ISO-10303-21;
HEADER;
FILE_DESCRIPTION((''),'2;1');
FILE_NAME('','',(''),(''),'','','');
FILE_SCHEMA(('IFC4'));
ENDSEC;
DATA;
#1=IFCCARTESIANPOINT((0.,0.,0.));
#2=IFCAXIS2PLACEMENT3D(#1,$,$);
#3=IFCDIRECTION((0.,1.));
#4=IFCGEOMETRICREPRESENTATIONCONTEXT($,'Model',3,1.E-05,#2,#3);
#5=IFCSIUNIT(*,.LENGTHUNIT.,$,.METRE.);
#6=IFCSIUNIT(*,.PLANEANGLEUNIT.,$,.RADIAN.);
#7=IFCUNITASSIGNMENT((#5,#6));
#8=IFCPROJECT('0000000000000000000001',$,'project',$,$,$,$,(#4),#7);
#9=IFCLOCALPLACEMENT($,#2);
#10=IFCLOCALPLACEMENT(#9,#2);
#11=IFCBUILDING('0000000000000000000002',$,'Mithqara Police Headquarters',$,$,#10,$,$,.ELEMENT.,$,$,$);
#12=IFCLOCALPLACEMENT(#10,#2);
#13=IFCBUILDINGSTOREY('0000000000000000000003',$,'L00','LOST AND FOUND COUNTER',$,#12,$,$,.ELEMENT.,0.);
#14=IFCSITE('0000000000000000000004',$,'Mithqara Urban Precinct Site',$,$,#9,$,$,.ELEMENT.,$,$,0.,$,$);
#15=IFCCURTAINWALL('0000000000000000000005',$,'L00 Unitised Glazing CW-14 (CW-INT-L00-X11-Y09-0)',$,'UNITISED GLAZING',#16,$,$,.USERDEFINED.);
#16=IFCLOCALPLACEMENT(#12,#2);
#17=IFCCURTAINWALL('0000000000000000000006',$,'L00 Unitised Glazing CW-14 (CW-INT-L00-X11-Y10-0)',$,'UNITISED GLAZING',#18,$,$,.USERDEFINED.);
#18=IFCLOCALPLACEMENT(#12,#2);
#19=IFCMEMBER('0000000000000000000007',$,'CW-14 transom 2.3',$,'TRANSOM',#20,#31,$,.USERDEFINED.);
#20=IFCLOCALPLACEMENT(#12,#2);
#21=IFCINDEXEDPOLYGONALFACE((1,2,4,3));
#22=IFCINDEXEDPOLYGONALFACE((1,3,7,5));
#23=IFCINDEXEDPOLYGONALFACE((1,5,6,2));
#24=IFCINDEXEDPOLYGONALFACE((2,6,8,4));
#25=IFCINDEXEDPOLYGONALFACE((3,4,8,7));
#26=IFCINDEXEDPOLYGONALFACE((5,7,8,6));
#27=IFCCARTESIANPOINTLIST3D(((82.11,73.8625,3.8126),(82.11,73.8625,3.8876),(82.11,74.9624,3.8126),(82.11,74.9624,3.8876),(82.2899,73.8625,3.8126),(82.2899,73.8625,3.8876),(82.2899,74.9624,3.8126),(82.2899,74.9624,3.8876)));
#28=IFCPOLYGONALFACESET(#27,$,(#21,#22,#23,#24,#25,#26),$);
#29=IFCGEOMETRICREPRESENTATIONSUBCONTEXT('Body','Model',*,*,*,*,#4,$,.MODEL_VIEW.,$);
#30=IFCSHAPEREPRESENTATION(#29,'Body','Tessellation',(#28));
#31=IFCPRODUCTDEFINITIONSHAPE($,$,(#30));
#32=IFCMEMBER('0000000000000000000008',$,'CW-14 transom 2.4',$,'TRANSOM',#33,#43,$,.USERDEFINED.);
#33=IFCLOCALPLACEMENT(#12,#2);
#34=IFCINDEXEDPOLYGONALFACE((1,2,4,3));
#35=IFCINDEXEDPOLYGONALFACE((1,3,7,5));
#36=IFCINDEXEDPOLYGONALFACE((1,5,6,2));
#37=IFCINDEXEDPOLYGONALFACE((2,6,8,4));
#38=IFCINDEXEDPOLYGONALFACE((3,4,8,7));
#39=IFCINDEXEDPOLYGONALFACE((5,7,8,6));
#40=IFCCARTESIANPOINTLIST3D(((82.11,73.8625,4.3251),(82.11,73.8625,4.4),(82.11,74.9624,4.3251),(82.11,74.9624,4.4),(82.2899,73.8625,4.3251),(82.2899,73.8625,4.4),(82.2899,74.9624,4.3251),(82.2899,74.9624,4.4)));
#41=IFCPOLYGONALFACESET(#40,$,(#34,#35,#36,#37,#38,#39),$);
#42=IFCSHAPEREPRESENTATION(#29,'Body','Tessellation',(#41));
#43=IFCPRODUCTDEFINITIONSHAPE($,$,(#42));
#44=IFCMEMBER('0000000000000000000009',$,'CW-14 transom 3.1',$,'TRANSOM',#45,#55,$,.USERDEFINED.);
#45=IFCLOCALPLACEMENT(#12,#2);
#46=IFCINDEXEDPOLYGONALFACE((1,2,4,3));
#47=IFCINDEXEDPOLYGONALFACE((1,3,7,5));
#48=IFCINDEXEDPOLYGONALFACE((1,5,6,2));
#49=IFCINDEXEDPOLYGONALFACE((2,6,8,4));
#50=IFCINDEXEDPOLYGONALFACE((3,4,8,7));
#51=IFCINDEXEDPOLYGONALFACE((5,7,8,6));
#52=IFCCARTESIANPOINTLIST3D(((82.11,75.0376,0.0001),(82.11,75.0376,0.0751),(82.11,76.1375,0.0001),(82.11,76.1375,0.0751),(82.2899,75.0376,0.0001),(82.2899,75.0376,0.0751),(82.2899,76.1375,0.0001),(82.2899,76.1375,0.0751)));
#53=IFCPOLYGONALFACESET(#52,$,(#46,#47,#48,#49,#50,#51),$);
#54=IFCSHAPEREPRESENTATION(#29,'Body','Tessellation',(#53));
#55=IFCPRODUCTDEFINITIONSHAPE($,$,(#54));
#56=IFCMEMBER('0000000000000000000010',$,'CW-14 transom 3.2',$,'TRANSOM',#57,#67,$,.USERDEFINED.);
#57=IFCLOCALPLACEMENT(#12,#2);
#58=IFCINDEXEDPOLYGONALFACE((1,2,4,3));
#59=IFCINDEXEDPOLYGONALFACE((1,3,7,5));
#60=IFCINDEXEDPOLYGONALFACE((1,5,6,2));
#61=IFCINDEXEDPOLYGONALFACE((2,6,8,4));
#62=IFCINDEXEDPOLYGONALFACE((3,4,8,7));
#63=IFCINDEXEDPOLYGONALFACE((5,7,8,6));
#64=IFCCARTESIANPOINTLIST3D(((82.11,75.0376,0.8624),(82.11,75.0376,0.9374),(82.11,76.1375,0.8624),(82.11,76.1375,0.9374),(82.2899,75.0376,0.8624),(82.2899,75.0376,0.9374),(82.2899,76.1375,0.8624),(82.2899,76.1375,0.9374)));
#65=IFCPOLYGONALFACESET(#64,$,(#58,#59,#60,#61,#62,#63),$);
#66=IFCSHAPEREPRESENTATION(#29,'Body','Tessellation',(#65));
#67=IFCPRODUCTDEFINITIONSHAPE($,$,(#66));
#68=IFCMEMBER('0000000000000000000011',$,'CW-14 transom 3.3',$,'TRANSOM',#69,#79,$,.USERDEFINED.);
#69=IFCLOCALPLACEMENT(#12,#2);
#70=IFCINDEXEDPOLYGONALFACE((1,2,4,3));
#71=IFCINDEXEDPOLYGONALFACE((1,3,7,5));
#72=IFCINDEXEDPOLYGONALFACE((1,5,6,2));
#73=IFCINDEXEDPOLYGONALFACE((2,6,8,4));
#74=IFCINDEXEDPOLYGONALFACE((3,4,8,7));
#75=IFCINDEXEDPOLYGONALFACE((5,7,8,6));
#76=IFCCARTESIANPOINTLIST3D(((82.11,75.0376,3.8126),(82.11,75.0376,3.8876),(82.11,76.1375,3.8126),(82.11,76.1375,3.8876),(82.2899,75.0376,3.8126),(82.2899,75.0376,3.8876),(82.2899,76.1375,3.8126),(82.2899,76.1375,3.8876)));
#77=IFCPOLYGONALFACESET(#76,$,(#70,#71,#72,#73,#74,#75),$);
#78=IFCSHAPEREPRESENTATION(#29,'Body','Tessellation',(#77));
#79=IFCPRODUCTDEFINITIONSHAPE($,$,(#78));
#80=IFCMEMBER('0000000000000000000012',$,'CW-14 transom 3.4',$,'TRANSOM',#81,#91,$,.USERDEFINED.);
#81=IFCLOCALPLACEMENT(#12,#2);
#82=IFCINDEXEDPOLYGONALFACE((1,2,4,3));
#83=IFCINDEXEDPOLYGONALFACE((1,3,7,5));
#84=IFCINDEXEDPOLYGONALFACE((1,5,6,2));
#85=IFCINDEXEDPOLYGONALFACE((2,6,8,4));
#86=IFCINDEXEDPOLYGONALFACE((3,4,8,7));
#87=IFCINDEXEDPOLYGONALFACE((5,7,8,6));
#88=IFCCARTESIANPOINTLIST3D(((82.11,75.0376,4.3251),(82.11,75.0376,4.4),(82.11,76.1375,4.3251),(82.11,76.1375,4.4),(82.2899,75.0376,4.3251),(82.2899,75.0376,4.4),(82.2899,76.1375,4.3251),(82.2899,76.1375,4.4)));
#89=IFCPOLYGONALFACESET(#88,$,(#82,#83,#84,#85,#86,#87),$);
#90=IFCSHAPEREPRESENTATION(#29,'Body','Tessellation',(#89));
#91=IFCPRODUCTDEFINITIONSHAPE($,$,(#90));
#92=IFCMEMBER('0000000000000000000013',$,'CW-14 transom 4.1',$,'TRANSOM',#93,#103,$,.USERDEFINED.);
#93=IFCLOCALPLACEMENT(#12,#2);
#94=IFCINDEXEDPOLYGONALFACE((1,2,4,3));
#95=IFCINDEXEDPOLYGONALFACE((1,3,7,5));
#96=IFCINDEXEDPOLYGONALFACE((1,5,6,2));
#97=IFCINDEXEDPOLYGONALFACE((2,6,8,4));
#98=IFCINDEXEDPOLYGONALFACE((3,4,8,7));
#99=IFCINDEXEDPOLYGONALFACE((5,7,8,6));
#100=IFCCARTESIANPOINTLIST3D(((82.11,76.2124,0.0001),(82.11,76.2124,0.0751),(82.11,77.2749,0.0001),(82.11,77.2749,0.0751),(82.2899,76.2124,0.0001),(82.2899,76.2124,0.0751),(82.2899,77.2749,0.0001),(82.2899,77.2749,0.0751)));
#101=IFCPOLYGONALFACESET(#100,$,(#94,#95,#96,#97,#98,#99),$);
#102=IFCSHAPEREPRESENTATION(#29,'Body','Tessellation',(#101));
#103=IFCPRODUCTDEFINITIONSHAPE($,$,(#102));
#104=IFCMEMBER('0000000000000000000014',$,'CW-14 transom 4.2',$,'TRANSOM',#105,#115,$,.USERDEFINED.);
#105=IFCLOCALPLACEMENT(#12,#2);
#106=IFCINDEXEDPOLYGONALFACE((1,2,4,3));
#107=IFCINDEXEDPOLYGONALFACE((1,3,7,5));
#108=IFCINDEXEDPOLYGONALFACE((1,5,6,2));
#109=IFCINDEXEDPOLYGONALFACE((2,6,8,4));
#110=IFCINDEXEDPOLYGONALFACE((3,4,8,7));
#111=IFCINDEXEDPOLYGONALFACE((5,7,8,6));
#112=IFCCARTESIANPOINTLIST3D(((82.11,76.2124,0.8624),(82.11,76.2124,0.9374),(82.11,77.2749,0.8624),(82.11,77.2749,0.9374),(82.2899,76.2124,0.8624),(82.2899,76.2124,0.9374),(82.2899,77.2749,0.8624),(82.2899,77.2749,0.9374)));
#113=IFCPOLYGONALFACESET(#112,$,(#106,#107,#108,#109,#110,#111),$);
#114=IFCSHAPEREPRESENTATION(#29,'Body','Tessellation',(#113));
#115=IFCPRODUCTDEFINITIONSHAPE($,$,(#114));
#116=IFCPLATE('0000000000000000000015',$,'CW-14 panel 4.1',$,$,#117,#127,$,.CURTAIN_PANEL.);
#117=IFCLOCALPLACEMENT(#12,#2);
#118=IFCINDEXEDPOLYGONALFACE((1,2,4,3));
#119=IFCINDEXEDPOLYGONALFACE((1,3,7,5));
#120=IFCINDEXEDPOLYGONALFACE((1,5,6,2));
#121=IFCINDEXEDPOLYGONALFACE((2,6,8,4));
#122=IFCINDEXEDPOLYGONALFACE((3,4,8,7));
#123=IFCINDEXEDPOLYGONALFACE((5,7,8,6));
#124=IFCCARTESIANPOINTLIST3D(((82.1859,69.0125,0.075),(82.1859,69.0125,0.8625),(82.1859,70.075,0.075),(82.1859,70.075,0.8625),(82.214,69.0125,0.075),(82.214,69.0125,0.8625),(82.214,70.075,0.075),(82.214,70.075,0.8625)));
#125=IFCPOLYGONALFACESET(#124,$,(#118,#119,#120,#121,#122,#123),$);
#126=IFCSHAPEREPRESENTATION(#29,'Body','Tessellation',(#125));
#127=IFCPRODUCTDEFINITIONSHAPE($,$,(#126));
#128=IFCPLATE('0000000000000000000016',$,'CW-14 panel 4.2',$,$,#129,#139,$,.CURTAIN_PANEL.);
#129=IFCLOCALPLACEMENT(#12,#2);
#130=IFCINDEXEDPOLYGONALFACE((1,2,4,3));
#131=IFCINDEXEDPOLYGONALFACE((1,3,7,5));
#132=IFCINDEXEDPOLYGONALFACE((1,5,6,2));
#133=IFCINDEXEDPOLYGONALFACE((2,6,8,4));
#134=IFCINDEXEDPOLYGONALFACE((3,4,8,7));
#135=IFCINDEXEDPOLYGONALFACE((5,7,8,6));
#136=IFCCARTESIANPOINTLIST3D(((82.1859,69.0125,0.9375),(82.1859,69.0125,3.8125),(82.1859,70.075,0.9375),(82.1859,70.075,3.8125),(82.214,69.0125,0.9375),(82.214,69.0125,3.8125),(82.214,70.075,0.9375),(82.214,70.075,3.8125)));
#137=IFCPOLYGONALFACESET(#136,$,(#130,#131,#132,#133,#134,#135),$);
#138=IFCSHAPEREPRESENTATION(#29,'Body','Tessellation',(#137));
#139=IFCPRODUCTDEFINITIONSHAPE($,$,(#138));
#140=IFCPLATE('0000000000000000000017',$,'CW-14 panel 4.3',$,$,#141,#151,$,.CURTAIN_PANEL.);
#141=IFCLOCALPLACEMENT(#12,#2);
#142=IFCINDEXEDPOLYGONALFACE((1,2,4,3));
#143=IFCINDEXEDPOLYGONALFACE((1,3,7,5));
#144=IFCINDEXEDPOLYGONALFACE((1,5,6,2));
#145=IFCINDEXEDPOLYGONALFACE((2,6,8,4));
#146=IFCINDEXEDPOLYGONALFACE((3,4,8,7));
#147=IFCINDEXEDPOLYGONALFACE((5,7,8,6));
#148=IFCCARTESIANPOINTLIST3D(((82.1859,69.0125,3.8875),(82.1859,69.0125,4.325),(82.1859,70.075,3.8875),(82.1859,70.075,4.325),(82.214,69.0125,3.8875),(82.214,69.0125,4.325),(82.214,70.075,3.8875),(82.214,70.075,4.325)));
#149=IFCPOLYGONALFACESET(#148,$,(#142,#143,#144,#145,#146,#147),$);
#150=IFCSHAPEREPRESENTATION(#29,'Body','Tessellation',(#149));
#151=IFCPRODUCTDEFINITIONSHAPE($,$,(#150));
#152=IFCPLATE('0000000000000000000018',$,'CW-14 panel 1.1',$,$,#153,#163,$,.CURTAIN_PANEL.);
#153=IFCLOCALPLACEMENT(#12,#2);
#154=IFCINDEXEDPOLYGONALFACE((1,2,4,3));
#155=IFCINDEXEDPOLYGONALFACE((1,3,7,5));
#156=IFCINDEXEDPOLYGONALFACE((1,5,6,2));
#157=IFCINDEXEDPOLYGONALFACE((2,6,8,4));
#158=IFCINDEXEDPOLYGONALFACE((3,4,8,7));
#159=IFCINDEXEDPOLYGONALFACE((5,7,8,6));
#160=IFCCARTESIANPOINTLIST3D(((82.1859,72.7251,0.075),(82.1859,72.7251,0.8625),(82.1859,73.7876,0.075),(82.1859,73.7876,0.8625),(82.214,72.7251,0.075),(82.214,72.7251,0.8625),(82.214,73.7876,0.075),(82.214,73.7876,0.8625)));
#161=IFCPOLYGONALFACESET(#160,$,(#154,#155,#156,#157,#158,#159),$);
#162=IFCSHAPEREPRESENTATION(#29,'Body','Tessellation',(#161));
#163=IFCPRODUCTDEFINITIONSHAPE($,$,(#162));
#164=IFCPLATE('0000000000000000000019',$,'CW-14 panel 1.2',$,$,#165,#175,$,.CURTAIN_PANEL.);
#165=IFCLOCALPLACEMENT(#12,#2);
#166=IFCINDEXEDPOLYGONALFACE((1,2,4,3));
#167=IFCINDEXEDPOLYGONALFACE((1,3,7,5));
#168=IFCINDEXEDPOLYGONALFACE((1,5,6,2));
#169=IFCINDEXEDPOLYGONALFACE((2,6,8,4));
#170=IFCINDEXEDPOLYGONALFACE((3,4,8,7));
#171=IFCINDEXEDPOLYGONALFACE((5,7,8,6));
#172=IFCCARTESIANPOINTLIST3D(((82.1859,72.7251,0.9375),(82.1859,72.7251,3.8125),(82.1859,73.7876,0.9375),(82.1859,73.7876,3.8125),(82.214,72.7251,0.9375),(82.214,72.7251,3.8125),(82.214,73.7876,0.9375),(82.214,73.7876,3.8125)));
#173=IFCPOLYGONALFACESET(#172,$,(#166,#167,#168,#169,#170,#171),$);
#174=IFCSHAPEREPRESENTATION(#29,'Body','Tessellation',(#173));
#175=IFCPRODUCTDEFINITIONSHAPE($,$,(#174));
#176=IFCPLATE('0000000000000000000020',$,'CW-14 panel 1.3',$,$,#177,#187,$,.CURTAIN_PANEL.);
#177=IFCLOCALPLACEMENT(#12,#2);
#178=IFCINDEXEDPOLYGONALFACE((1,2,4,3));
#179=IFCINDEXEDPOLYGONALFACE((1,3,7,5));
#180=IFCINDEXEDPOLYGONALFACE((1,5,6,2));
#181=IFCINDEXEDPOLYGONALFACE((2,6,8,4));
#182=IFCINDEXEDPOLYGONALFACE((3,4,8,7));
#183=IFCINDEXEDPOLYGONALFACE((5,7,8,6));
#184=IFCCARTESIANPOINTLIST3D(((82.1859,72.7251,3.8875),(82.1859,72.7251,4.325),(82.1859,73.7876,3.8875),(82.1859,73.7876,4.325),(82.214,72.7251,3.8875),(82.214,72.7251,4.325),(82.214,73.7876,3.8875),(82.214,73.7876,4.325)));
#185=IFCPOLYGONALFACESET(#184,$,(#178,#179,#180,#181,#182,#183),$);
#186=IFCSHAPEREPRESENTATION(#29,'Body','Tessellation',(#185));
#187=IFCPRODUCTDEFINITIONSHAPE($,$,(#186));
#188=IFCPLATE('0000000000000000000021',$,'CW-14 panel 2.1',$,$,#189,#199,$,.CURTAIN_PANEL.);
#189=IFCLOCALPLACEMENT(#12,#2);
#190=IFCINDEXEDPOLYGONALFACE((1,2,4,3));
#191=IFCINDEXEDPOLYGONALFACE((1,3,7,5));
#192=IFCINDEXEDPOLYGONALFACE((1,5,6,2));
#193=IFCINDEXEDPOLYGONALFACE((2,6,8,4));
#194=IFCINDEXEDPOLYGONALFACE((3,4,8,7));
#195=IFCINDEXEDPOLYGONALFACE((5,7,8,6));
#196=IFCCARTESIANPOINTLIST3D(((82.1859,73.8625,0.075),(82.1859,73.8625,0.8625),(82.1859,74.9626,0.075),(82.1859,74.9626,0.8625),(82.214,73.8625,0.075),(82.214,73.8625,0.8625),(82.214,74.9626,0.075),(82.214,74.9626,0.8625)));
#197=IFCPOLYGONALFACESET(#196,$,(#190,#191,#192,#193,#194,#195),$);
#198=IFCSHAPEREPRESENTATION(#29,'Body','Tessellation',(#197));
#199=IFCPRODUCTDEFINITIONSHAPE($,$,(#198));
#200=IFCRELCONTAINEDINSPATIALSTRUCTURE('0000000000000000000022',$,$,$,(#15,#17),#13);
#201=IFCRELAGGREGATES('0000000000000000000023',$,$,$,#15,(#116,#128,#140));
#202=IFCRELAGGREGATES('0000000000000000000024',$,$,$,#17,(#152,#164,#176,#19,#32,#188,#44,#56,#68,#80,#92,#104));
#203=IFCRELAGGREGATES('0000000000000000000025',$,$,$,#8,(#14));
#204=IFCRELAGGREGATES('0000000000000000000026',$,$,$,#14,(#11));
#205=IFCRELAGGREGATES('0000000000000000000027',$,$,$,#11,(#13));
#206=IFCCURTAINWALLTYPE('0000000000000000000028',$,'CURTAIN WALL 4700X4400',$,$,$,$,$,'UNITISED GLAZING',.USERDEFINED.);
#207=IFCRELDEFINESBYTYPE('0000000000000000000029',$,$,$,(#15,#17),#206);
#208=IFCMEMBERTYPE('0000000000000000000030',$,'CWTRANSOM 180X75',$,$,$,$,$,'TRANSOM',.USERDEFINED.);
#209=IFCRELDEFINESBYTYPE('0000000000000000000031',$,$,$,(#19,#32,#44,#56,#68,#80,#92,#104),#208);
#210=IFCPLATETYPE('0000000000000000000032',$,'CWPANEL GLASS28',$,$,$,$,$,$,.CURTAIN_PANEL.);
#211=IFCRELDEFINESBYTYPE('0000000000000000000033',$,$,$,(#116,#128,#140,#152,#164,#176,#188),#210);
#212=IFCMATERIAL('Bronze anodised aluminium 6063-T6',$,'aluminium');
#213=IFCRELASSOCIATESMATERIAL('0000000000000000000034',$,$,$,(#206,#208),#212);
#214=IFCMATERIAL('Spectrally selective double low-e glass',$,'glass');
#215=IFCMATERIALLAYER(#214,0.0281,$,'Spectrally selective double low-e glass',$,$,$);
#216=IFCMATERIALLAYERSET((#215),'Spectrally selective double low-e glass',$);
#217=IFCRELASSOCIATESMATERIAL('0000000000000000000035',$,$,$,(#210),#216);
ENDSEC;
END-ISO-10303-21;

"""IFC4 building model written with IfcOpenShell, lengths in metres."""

from ifc_helpers import new_model, si_unit, direction, frame, origin, origin_2d, place, context, subcontext, project, spatial, rectangle, extrude, material, layer, layer_set, material_profile, profile_set, type_object, element, aggregate, save


model = new_model("IFC4")

# Units and contexts
model_context = context("Model", 3, precision=1e-05, world=origin(), true_north=direction((0.0, 1.0)))
body_context = subcontext(model_context, "Body", "Model", "MODEL_VIEW")
ifc_project = project(units=[si_unit("LENGTHUNIT", "METRE"), si_unit("PLANEANGLEUNIT", "RADIAN")], contexts=[model_context])

# Site, building, storey
site_placement = place(None, origin())
site = spatial("IfcSite", under=ifc_project, at=site_placement, Name="Mithqara Urban Precinct Site", CompositionType="ELEMENT", RefElevation=0.0)
building_placement = place(site_placement, origin())
building = spatial("IfcBuilding", under=site, at=building_placement, Name="Mithqara Police Headquarters", CompositionType="ELEMENT")
storey_placement = place(building_placement, origin())
storey = spatial("IfcBuildingStorey", under=building, at=storey_placement, Name="L00", Description="LOST AND FOUND COUNTER", CompositionType="ELEMENT", Elevation=0.0)

# Curtain wall
ifc_material_1 = material(Name="Bronze anodised aluminium 6063-T6", Category="aluminium")
curtain_wall_type = type_object("IfcCurtainWallType", Name="CURTAIN WALL 4700X4400", ElementType="UNITISED GLAZING", PredefinedType="USERDEFINED", material=ifc_material_1)
curtain_wall_1_placement = place(storey_placement, origin())
curtain_wall_1 = element("IfcCurtainWall", 1, at=curtain_wall_1_placement, inside=storey, type_object=curtain_wall_type, Name="L00 Unitised Glazing CW-14 (CW-INT-L00-X11-Y09-0)", ObjectType="UNITISED GLAZING", PredefinedType="USERDEFINED")

# Curtain wall
curtain_wall_2_placement = place(storey_placement, origin())
curtain_wall_2 = element("IfcCurtainWall", 2, at=curtain_wall_2_placement, inside=storey, type_object=curtain_wall_type, Name="L00 Unitised Glazing CW-14 (CW-INT-L00-X11-Y10-0)", ObjectType="UNITISED GLAZING", PredefinedType="USERDEFINED")

# Members
ifc_material_profile_1 = material_profile(ifc_material_1, rectangle(XDim=0.1799, YDim=0.075, at=origin_2d()), Name="CWT 180x75")
ifc_profile_set_1 = profile_set([ifc_material_profile_1], Name="Bronze anodised aluminium 6063-T6")
member_type_1 = type_object("IfcMemberType", Name="CWTRANSOM 180X75", ElementType="TRANSOM", PredefinedType="USERDEFINED", material=ifc_profile_set_1)
member_1_placement = place(storey_placement, frame((82.2, 73.8625, 3.8501), z_axis=(0.0, 1.0, 0.0), x_axis=(-1.0, 0.0, 0.0)))
member_1 = element("IfcMember", 3, at=member_1_placement, type_object=member_type_1, Name="CW-14 transom 2.3", ObjectType="TRANSOM", PredefinedType="USERDEFINED", context=body_context, shape_type="SweptSolid", body=[
    extrude(rectangle(XDim=0.1799, YDim=0.075, at=origin_2d()), origin(), (0.0, 0.0, 1.0), 1.0999),
])
member_2_placement = place(storey_placement, frame((82.2, 73.8625, 4.3625), z_axis=(0.0, 1.0, 0.0), x_axis=(-1.0, 0.0, 0.0)))
member_2 = element("IfcMember", 4, at=member_2_placement, type_object=member_type_1, Name="CW-14 transom 2.4", ObjectType="TRANSOM", PredefinedType="USERDEFINED", context=body_context, shape_type="SweptSolid", body=[
    extrude(rectangle(XDim=0.1799, YDim=0.075, at=origin_2d()), origin(), (0.0, 0.0, 1.0), 1.0999),
])
member_3_placement = place(storey_placement, frame((82.2, 75.0376, 0.0376), z_axis=(0.0, 1.0, 0.0), x_axis=(-1.0, 0.0, 0.0)))
member_3 = element("IfcMember", 5, at=member_3_placement, type_object=member_type_1, Name="CW-14 transom 3.1", ObjectType="TRANSOM", PredefinedType="USERDEFINED", context=body_context, shape_type="SweptSolid", body=[
    extrude(rectangle(XDim=0.1799, YDim=0.075, at=origin_2d()), origin(), (0.0, 0.0, 1.0), 1.0999),
])
member_4_placement = place(storey_placement, frame((82.2, 75.0376, 0.8999), z_axis=(0.0, 1.0, 0.0), x_axis=(-1.0, 0.0, 0.0)))
member_4 = element("IfcMember", 6, at=member_4_placement, type_object=member_type_1, Name="CW-14 transom 3.2", ObjectType="TRANSOM", PredefinedType="USERDEFINED", context=body_context, shape_type="SweptSolid", body=[
    extrude(rectangle(XDim=0.1799, YDim=0.075, at=origin_2d()), origin(), (0.0, 0.0, 1.0), 1.0999),
])
member_5_placement = place(storey_placement, frame((82.2, 75.0376, 3.8501), z_axis=(0.0, 1.0, 0.0), x_axis=(-1.0, 0.0, 0.0)))
member_5 = element("IfcMember", 7, at=member_5_placement, type_object=member_type_1, Name="CW-14 transom 3.3", ObjectType="TRANSOM", PredefinedType="USERDEFINED", context=body_context, shape_type="SweptSolid", body=[
    extrude(rectangle(XDim=0.1799, YDim=0.075, at=origin_2d()), origin(), (0.0, 0.0, 1.0), 1.0999),
])
member_6_placement = place(storey_placement, frame((82.2, 75.0376, 4.3625), z_axis=(0.0, 1.0, 0.0), x_axis=(-1.0, 0.0, 0.0)))
member_6 = element("IfcMember", 8, at=member_6_placement, type_object=member_type_1, Name="CW-14 transom 3.4", ObjectType="TRANSOM", PredefinedType="USERDEFINED", context=body_context, shape_type="SweptSolid", body=[
    extrude(rectangle(XDim=0.1799, YDim=0.075, at=origin_2d()), origin(), (0.0, 0.0, 1.0), 1.0999),
])
member_7_placement = place(storey_placement, frame((82.2, 76.2124, 0.0376), z_axis=(0.0, 1.0, 0.0), x_axis=(-1.0, 0.0, 0.0)))
member_7 = element("IfcMember", 9, at=member_7_placement, type_object=member_type_1, Name="CW-14 transom 4.1", ObjectType="TRANSOM", PredefinedType="USERDEFINED", context=body_context, shape_type="SweptSolid", body=[
    extrude(rectangle(XDim=0.1799, YDim=0.075, at=origin_2d()), origin(), (0.0, 0.0, 1.0), 1.0625),
])
member_8_placement = place(storey_placement, frame((82.2, 76.2124, 0.8999), z_axis=(0.0, 1.0, 0.0), x_axis=(-1.0, 0.0, 0.0)))
member_8 = element("IfcMember", 10, at=member_8_placement, type_object=member_type_1, Name="CW-14 transom 4.2", ObjectType="TRANSOM", PredefinedType="USERDEFINED", context=body_context, shape_type="SweptSolid", body=[
    extrude(rectangle(XDim=0.1799, YDim=0.075, at=origin_2d()), origin(), (0.0, 0.0, 1.0), 1.0625),
])

# Plates
ifc_material_2 = material(Name="Spectrally selective double low-e glass", Category="glass")
ifc_layer_1 = layer(ifc_material_2, 0.0281, Name="Spectrally selective double low-e glass")
ifc_layer_set_1 = layer_set([ifc_layer_1], Name="Spectrally selective double low-e glass")
plate_type = type_object("IfcPlateType", Name="CWPANEL GLASS28", PredefinedType="CURTAIN_PANEL", material=ifc_layer_set_1)
plate_1_placement = place(storey_placement, frame((82.2, 69.5437, 0.075), z_axis=(0.0, 0.0, 1.0), x_axis=(0.0, 1.0, 0.0)))
plate_1 = element("IfcPlate", 11, at=plate_1_placement, type_object=plate_type, Name="CW-14 panel 4.1", PredefinedType="CURTAIN_PANEL", context=body_context, shape_type="SweptSolid", body=[
    extrude(rectangle(XDim=1.0625, YDim=0.0281, at=origin_2d()), origin(), (0.0, 0.0, 1.0), 0.7876),
])
plate_2_placement = place(storey_placement, frame((82.2, 69.5437, 0.9375), z_axis=(0.0, 0.0, 1.0), x_axis=(0.0, 1.0, 0.0)))
plate_2 = element("IfcPlate", 12, at=plate_2_placement, type_object=plate_type, Name="CW-14 panel 4.2", PredefinedType="CURTAIN_PANEL", context=body_context, shape_type="SweptSolid", body=[
    extrude(rectangle(XDim=1.0625, YDim=0.0281, at=origin_2d()), origin(), (0.0, 0.0, 1.0), 2.875),
])
plate_3_placement = place(storey_placement, frame((82.2, 69.5437, 3.8875), z_axis=(0.0, 0.0, 1.0), x_axis=(0.0, 1.0, 0.0)))
plate_3 = element("IfcPlate", 13, at=plate_3_placement, type_object=plate_type, Name="CW-14 panel 4.3", PredefinedType="CURTAIN_PANEL", context=body_context, shape_type="SweptSolid", body=[
    extrude(rectangle(XDim=1.0625, YDim=0.0281, at=origin_2d()), origin(), (0.0, 0.0, 1.0), 0.4375),
])
aggregate(curtain_wall_1, [plate_1, plate_2, plate_3])
plate_4_placement = place(storey_placement, frame((82.2, 73.2563, 0.075), z_axis=(0.0, 0.0, 1.0), x_axis=(0.0, 1.0, 0.0)))
plate_4 = element("IfcPlate", 14, at=plate_4_placement, type_object=plate_type, Name="CW-14 panel 1.1", PredefinedType="CURTAIN_PANEL", context=body_context, shape_type="SweptSolid", body=[
    extrude(rectangle(XDim=1.0625, YDim=0.0281, at=origin_2d()), origin(), (0.0, 0.0, 1.0), 0.7876),
])
plate_5_placement = place(storey_placement, frame((82.2, 73.2563, 0.9375), z_axis=(0.0, 0.0, 1.0), x_axis=(0.0, 1.0, 0.0)))
plate_5 = element("IfcPlate", 15, at=plate_5_placement, type_object=plate_type, Name="CW-14 panel 1.2", PredefinedType="CURTAIN_PANEL", context=body_context, shape_type="SweptSolid", body=[
    extrude(rectangle(XDim=1.0625, YDim=0.0281, at=origin_2d()), origin(), (0.0, 0.0, 1.0), 2.875),
])
plate_6_placement = place(storey_placement, frame((82.2, 73.2563, 3.8875), z_axis=(0.0, 0.0, 1.0), x_axis=(0.0, 1.0, 0.0)))
plate_6 = element("IfcPlate", 16, at=plate_6_placement, type_object=plate_type, Name="CW-14 panel 1.3", PredefinedType="CURTAIN_PANEL", context=body_context, shape_type="SweptSolid", body=[
    extrude(rectangle(XDim=1.0625, YDim=0.0281, at=origin_2d()), origin(), (0.0, 0.0, 1.0), 0.4375),
])
plate_7_placement = place(storey_placement, frame((82.2, 74.4126, 0.075), z_axis=(0.0, 0.0, 1.0), x_axis=(0.0, 1.0, 0.0)))
plate_7 = element("IfcPlate", 17, at=plate_7_placement, type_object=plate_type, Name="CW-14 panel 2.1", PredefinedType="CURTAIN_PANEL", context=body_context, shape_type="SweptSolid", body=[
    extrude(rectangle(XDim=1.1001, YDim=0.0281, at=origin_2d()), origin(), (0.0, 0.0, 1.0), 0.7876),
])
aggregate(curtain_wall_2, [plate_4, plate_5, plate_6, member_1, member_2, plate_7, member_3, member_4, member_5, member_6, member_7, member_8])

save(model, "model.ifc")
